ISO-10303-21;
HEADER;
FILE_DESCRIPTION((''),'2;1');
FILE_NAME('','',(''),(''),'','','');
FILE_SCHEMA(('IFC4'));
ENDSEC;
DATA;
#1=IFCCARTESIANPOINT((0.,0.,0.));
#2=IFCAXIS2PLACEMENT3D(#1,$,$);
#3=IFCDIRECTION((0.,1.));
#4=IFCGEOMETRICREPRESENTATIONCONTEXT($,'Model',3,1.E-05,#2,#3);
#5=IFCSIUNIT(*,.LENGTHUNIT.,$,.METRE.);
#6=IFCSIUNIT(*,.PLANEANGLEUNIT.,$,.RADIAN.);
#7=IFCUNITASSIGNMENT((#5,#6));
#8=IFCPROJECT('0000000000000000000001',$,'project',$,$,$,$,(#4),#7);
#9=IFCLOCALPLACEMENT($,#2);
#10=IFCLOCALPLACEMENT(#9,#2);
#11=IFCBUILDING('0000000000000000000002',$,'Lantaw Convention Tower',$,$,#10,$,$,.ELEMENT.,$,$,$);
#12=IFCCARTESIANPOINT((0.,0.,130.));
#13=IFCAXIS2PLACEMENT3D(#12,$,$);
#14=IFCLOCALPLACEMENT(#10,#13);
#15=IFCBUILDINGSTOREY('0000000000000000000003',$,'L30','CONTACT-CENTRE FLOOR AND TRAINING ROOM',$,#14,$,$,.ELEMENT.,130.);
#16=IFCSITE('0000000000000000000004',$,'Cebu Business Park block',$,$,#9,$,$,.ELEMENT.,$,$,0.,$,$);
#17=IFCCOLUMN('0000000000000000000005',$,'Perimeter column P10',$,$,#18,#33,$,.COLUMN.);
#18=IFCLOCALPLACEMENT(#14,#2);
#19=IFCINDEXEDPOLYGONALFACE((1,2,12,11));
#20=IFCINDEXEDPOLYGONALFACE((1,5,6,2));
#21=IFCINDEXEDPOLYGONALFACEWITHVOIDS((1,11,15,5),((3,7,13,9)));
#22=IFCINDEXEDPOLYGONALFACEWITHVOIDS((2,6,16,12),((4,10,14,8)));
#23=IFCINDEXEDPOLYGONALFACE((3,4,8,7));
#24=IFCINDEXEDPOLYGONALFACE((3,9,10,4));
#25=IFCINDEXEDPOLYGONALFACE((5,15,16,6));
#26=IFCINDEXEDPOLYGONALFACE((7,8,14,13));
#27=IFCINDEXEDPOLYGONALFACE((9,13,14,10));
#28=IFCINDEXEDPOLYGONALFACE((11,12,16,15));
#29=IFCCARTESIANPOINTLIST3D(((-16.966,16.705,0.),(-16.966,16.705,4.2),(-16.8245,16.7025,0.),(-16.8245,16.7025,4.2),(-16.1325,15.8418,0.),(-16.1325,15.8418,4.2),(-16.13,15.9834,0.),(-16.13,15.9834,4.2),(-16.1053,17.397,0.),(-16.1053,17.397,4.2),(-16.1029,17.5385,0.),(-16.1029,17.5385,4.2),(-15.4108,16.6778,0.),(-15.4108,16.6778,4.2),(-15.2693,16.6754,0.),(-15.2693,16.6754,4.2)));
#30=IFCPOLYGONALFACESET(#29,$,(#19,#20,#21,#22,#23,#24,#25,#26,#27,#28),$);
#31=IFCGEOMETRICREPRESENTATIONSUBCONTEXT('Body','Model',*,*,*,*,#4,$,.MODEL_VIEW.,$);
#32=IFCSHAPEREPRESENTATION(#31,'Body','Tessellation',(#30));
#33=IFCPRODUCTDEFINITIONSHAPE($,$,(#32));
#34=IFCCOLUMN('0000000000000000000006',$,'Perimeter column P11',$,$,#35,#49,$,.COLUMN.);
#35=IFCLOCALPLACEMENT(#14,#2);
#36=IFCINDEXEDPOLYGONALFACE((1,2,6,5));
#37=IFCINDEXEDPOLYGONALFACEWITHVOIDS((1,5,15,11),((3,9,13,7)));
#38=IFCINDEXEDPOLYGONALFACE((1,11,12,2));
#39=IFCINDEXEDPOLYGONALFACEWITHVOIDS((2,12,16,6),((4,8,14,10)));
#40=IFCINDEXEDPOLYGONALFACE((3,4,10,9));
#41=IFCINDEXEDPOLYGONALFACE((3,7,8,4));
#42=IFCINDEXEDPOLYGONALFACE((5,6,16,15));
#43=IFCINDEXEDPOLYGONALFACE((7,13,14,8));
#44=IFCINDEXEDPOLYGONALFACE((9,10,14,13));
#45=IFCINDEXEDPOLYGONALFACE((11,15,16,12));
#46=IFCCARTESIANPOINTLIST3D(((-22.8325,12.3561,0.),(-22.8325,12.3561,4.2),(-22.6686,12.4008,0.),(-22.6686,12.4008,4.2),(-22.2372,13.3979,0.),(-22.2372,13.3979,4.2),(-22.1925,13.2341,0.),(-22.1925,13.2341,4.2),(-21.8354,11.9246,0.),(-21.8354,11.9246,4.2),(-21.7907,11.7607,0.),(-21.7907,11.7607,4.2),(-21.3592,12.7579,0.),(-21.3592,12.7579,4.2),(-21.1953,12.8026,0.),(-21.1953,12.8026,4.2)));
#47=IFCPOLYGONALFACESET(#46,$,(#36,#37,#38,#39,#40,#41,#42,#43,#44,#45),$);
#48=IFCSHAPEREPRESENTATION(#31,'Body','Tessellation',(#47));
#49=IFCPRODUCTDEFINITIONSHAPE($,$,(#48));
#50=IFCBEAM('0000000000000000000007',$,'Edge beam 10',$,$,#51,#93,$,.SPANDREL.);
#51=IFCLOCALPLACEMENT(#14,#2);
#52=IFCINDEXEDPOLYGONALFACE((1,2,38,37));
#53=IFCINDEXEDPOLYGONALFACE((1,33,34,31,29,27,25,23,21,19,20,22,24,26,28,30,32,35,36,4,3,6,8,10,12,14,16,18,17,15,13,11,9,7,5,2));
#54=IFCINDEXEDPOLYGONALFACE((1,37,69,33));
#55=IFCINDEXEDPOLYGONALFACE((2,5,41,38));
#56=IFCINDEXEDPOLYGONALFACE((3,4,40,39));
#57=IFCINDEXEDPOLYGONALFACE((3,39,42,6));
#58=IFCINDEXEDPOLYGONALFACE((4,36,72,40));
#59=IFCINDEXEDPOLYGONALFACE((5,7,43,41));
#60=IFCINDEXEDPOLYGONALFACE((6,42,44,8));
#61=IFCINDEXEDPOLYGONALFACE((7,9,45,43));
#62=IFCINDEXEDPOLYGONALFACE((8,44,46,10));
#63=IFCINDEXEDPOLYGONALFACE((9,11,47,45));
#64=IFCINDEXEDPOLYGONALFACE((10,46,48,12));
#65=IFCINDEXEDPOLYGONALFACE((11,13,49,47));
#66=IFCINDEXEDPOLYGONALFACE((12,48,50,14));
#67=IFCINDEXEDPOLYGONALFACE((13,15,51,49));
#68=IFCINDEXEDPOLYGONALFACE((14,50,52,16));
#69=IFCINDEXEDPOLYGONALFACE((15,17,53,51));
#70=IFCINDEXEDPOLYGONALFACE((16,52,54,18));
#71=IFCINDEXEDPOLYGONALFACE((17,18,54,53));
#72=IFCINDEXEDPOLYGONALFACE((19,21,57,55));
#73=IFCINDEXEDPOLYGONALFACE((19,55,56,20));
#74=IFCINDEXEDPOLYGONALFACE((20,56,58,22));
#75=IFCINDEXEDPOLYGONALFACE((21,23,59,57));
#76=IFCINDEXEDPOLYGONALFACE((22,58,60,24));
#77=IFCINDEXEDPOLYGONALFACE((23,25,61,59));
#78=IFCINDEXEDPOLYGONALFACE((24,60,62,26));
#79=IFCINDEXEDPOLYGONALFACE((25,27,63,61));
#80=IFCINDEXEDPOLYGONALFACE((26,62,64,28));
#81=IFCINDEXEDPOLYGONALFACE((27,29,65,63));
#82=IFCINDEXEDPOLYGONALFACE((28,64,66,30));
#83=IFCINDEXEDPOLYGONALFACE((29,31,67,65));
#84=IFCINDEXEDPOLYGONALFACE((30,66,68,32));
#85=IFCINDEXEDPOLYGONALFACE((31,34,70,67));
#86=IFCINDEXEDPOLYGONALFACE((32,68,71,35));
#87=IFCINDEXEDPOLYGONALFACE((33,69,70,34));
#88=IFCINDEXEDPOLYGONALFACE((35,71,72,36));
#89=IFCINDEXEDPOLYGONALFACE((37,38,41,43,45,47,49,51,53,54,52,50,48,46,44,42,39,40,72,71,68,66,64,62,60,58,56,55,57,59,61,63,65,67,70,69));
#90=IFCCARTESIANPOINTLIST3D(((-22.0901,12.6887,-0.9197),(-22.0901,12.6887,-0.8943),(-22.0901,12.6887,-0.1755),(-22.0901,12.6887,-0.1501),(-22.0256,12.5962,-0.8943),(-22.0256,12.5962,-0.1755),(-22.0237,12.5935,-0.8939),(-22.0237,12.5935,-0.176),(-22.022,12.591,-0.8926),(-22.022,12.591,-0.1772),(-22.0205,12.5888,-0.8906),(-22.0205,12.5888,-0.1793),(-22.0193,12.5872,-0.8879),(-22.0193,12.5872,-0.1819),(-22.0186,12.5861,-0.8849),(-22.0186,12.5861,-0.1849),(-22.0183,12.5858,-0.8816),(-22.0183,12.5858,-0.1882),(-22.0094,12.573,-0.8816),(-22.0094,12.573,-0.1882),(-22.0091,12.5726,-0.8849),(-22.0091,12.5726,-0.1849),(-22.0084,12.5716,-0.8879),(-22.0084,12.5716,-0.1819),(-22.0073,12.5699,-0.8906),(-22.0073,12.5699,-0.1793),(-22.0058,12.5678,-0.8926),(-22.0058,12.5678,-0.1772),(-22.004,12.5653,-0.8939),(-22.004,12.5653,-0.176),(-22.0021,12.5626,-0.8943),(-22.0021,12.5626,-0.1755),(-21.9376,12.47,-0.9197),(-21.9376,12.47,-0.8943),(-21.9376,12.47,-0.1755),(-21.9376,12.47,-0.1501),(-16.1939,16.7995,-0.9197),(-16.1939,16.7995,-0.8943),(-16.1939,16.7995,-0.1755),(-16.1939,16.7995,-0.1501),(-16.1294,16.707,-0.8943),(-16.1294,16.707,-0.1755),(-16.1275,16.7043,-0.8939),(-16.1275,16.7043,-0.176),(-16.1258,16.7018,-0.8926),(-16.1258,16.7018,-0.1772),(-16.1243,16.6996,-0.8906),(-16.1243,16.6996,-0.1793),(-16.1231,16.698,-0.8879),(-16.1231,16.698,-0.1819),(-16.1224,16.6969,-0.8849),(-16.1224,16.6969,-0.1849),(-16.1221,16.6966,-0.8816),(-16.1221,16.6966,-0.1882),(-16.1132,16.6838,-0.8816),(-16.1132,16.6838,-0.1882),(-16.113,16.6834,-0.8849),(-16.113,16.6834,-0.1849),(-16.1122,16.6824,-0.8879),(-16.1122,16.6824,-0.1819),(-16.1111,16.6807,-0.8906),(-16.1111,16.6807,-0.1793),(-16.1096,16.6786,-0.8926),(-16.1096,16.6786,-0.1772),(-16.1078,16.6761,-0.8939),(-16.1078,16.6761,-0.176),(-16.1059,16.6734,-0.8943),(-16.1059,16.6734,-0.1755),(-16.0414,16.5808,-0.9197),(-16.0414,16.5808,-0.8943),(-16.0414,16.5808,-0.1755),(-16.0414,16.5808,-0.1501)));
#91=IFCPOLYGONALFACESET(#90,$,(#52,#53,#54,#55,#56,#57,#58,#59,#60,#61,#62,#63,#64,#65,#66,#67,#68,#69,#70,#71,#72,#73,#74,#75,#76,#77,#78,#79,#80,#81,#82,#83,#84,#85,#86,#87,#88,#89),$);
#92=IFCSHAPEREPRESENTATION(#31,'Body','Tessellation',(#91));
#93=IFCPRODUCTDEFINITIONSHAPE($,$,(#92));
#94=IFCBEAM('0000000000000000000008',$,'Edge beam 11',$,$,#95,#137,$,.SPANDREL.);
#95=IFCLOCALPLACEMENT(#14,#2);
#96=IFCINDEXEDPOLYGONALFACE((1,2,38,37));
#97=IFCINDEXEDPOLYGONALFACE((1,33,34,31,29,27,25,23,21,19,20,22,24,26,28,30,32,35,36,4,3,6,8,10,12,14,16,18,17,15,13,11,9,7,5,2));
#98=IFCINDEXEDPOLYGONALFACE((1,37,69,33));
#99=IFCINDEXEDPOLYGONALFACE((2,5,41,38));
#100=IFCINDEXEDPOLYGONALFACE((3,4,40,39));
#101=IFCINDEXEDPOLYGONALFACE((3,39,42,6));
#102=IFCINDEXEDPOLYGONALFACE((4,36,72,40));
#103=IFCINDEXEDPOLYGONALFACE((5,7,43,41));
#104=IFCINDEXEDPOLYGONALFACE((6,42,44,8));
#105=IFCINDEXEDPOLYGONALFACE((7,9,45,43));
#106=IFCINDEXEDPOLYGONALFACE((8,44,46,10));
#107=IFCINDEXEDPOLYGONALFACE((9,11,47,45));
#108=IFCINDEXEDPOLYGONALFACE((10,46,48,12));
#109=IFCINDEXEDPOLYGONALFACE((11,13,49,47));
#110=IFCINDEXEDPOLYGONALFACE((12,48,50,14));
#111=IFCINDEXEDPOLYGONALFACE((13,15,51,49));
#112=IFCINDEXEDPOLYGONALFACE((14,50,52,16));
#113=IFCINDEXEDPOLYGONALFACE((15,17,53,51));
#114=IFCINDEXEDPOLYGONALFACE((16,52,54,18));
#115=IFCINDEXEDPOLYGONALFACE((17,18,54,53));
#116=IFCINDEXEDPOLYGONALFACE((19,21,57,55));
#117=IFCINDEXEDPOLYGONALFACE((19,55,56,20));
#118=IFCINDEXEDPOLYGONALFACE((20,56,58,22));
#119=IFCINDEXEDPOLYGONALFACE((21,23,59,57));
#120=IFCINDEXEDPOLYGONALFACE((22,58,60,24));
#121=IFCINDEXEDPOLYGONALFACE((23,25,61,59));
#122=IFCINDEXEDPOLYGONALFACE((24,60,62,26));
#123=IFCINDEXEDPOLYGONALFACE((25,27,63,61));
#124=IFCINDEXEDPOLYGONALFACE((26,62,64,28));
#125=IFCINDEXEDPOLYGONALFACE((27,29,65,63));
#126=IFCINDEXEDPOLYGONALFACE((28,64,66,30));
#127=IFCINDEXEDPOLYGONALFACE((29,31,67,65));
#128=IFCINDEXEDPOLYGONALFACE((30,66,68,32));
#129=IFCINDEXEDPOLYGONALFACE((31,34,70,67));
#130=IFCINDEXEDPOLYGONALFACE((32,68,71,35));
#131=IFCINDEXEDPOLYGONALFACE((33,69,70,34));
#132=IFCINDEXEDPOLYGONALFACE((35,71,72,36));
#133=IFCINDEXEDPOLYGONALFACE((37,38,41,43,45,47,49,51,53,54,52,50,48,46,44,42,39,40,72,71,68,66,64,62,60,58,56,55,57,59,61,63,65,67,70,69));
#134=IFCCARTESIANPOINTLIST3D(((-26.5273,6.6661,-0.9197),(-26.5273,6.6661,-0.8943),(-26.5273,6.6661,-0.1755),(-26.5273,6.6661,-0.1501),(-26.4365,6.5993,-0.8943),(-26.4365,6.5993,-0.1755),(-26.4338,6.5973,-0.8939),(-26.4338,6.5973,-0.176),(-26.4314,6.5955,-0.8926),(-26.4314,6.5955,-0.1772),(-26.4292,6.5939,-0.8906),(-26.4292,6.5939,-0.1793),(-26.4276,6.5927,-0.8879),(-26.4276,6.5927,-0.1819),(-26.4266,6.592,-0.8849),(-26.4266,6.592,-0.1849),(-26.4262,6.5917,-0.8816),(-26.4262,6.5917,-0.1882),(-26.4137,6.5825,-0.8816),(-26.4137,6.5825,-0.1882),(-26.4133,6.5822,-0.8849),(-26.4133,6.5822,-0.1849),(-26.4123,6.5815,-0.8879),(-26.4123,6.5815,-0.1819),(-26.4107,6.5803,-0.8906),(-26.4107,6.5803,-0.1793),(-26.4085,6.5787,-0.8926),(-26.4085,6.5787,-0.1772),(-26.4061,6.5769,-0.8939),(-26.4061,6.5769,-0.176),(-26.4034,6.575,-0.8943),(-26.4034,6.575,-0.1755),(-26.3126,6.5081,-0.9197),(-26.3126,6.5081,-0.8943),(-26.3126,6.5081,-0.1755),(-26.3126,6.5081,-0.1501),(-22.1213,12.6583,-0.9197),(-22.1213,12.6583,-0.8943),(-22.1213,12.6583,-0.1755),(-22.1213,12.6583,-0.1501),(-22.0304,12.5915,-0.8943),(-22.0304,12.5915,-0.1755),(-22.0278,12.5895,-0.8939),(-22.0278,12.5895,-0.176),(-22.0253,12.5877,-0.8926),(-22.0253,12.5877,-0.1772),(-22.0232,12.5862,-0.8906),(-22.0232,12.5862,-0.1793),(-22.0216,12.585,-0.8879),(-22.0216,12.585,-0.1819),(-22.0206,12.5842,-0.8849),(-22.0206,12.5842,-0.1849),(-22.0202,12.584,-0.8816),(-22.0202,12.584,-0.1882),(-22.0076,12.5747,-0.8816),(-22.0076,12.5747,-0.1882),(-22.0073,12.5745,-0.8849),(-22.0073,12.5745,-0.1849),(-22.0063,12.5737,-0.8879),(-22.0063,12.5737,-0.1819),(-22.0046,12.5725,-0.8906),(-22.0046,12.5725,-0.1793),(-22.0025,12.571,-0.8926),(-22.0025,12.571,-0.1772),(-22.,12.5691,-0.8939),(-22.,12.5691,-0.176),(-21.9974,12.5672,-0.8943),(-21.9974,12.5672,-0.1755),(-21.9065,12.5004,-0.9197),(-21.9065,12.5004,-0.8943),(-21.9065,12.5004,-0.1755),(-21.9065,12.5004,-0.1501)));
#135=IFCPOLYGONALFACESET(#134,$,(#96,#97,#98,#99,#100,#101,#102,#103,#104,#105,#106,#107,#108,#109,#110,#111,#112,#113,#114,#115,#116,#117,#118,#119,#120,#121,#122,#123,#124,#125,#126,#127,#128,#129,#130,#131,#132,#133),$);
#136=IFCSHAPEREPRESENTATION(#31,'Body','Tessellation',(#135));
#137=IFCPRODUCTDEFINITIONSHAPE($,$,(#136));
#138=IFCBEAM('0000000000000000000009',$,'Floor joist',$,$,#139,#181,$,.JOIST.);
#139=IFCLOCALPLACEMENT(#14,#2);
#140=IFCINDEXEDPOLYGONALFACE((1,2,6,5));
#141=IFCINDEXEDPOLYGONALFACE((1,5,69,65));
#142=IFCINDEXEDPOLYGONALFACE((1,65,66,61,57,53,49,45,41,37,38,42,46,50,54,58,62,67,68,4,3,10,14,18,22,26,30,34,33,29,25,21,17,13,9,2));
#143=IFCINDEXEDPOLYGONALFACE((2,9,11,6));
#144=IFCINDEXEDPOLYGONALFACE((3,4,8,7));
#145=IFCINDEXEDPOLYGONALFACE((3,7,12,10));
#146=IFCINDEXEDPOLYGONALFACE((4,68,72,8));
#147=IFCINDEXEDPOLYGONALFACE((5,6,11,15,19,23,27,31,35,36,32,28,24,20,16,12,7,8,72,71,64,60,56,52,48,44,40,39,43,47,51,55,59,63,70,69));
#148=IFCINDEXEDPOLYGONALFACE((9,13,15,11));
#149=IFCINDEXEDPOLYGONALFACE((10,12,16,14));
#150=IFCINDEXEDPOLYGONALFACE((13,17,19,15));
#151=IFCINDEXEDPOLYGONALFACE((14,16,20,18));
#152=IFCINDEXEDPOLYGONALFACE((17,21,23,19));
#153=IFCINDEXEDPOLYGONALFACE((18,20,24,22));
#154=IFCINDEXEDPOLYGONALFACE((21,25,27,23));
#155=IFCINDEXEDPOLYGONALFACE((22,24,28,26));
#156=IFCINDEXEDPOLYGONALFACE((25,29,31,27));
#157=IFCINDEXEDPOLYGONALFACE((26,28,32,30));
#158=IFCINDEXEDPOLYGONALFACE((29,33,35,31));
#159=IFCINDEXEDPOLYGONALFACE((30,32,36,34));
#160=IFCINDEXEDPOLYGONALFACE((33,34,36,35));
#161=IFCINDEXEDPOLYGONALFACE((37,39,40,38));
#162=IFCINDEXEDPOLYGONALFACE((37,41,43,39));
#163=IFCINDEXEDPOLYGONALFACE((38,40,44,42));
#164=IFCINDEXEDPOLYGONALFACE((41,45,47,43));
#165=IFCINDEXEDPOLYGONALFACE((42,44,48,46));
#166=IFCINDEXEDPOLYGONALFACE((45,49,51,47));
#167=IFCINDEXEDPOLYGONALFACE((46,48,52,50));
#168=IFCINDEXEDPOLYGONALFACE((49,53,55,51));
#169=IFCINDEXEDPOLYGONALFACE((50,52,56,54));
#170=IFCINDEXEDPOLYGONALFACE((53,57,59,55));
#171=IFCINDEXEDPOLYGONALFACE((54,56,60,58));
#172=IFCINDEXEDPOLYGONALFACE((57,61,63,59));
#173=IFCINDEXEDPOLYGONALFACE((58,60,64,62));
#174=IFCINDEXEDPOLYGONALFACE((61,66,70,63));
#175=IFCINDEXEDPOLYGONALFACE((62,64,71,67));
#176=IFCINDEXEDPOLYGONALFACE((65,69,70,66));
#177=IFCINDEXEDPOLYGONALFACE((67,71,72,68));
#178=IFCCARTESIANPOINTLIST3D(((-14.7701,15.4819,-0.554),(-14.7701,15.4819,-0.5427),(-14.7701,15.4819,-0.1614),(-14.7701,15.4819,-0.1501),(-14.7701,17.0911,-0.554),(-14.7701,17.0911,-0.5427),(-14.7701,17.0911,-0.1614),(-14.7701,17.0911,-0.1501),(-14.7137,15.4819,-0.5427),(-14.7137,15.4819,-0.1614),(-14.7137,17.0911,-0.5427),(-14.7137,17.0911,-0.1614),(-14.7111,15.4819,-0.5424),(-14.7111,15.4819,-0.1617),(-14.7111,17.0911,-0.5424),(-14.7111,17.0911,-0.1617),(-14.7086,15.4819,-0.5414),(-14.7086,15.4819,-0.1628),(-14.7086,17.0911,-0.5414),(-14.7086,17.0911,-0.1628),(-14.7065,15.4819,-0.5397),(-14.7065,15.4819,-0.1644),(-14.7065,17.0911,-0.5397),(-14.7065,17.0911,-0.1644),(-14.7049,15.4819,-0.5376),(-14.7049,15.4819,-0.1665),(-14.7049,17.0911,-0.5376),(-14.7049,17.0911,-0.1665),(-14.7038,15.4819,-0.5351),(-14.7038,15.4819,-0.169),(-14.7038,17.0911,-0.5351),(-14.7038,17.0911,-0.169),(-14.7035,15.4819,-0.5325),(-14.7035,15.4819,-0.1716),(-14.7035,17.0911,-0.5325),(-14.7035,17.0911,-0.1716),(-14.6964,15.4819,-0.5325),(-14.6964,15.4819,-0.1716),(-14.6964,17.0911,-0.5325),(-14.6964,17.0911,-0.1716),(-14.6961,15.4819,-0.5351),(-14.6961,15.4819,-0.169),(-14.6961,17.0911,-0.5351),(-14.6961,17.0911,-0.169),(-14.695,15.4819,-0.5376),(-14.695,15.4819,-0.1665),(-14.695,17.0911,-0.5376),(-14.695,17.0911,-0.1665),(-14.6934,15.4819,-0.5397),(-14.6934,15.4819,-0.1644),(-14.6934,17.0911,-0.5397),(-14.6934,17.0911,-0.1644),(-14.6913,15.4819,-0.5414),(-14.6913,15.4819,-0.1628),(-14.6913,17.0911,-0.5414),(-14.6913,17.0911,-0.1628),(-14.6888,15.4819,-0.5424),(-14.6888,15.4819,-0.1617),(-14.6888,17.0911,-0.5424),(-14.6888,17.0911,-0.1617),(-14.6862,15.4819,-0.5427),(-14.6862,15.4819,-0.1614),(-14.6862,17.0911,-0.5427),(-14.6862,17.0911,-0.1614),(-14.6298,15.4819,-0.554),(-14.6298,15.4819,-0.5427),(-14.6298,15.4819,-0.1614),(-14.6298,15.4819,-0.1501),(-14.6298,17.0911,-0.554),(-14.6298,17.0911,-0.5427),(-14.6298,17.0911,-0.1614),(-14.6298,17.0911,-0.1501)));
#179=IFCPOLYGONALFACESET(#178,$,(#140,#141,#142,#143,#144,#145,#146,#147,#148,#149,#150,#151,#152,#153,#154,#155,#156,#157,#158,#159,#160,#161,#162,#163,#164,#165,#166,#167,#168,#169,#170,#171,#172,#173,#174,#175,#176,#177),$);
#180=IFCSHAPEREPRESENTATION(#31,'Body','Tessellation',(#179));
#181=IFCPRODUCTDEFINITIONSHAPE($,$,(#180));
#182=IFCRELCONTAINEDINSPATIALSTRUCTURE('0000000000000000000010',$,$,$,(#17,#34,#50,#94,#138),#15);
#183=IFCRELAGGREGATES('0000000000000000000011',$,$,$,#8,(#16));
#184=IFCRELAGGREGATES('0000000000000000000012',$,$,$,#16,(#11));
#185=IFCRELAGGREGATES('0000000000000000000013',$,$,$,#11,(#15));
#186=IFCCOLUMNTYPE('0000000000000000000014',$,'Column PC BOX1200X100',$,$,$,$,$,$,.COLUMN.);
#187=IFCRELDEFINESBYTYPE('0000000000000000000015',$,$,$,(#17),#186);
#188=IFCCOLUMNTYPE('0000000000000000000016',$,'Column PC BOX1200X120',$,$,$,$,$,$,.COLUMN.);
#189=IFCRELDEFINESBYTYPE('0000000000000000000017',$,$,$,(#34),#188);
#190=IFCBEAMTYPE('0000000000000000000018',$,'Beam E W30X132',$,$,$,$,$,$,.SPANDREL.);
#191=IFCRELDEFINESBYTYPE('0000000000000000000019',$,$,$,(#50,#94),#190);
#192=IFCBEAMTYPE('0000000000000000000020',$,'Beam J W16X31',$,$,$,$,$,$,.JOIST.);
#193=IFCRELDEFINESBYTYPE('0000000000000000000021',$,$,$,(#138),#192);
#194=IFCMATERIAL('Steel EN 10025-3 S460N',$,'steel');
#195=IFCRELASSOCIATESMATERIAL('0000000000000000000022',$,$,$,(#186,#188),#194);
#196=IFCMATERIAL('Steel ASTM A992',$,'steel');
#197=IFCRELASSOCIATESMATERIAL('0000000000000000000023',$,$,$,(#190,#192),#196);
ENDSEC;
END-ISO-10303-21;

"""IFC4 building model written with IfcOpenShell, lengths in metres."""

from ifc_helpers import new_model, si_unit, direction, frame, origin, origin_2d, place, context, subcontext, project, spatial, rectangle, hollow_rectangle, i_section, extrude, material, material_profile, profile_set, type_object, element, save


model = new_model("IFC4")

# Units and contexts
model_context = context("Model", 3, precision=1e-05, world=origin(), true_north=direction((0.0, 1.0)))
body_context = subcontext(model_context, "Body", "Model", "MODEL_VIEW")
ifc_project = project(units=[si_unit("LENGTHUNIT", "METRE"), si_unit("PLANEANGLEUNIT", "RADIAN")], contexts=[model_context])

# Site, building, storey
site_placement = place(None, origin())
site = spatial("IfcSite", under=ifc_project, at=site_placement, Name="Cebu Business Park block", CompositionType="ELEMENT", RefElevation=0.0)
building_placement = place(site_placement, origin())
building = spatial("IfcBuilding", under=site, at=building_placement, Name="Lantaw Convention Tower", CompositionType="ELEMENT")
storey_placement = place(building_placement, frame((0.0, 0.0, 130.0)))
storey = spatial("IfcBuildingStorey", under=building, at=storey_placement, Name="L30", Description="CONTACT-CENTRE FLOOR AND TRAINING ROOM", CompositionType="ELEMENT", Elevation=130.0)

# Columns
ifc_material_1 = material(Name="Steel EN 10025-3 S460N", Category="steel")
ifc_material_profile_1 = material_profile(ifc_material_1, hollow_rectangle(XDim=1.2, YDim=1.2, WallThickness=0.1001, at=origin_2d()), Name="BOX1200X100")
ifc_material_2 = material(Name="Concrete C60/75", Category="concrete")
ifc_material_profile_2 = material_profile(ifc_material_2, rectangle(XDim=1.0, YDim=1.0, at=origin_2d()), Name="Concrete fill of BOX1200X100")
ifc_profile_set_1 = profile_set([ifc_material_profile_1, ifc_material_profile_2], Name="Steel EN 10025-3 S460N")
column_type_1 = type_object("IfcColumnType", Name="Column PC BOX1200X100", PredefinedType="COLUMN", material=ifc_profile_set_1)
column_1_placement = place(storey_placement, frame((-16.1177, 16.6902, 0.0), z_axis=(0.0, 0.0, 1.0), x_axis=(0.71934, 0.694658, 0.0)))
element("IfcColumn", 1, at=column_1_placement, inside=storey, type_object=column_type_1, Name="Perimeter column P10", PredefinedType="COLUMN", context=body_context, shape_type="SweptSolid", body=[
    extrude(hollow_rectangle(XDim=1.2, YDim=1.2, WallThickness=0.1001, at=origin_2d()), origin(), (0.0, 0.0, 1.0), 4.2),
])
ifc_material_profile_3 = material_profile(ifc_material_1, hollow_rectangle(XDim=1.2, YDim=1.2, WallThickness=0.1201, at=origin_2d()), Name="BOX1200X120")
ifc_material_profile_4 = material_profile(ifc_material_2, rectangle(XDim=0.96, YDim=0.96, at=origin_2d()), Name="Concrete fill of BOX1200X120")
ifc_profile_set_2 = profile_set([ifc_material_profile_3, ifc_material_profile_4], Name="Steel EN 10025-3 S460N")
column_type_2 = type_object("IfcColumnType", Name="Column PC BOX1200X120", PredefinedType="COLUMN", material=ifc_profile_set_2)
column_2_placement = place(storey_placement, frame((-22.0139, 12.5793, 0.0), z_axis=(0.0, 0.0, 1.0), x_axis=(0.496139, 0.868243, 0.0)))
element("IfcColumn", 2, at=column_2_placement, inside=storey, type_object=column_type_2, Name="Perimeter column P11", PredefinedType="COLUMN", context=body_context, shape_type="SweptSolid", body=[
    extrude(hollow_rectangle(XDim=1.2, YDim=1.2, WallThickness=0.1201, at=origin_2d()), origin(), (0.0, 0.0, 1.0), 4.2),
])

# Beams
ifc_material_3 = material(Name="Steel ASTM A992", Category="steel")
ifc_material_profile_5 = material_profile(ifc_material_3, i_section(OverallWidth=0.2666, OverallDepth=0.7695, WebThickness=0.0156, FlangeThickness=0.0254, FilletRadius=0.0127, at=origin_2d()), Name="W30X132")
ifc_profile_set_3 = profile_set([ifc_material_profile_5], Name="Steel ASTM A992")
beam_type_1 = type_object("IfcBeamType", Name="Beam E W30X132", PredefinedType="SPANDREL", material=ifc_profile_set_3)
beam_1_placement = place(storey_placement, frame((-16.1177, 16.6902, -0.5349), z_axis=(-0.820311, -0.571918, 0.0), x_axis=(0.571918, -0.820311, 0.0)))
element("IfcBeam", 3, at=beam_1_placement, inside=storey, type_object=beam_type_1, Name="Edge beam 10", PredefinedType="SPANDREL", context=body_context, shape_type="SweptSolid", body=[
    extrude(i_section(OverallWidth=0.2666, OverallDepth=0.7695, WebThickness=0.0156, FlangeThickness=0.0254, FilletRadius=0.0127, at=origin_2d()), origin(), (0.0, 0.0, 1.0), 7.1877),
])
beam_2_placement = place(storey_placement, frame((-22.0139, 12.5793, -0.5349), z_axis=(-0.592389, -0.805652, 0.0), x_axis=(0.805652, -0.592389, 0.0)))
element("IfcBeam", 4, at=beam_2_placement, inside=storey, type_object=beam_type_1, Name="Edge beam 11", PredefinedType="SPANDREL", context=body_context, shape_type="SweptSolid", body=[
    extrude(i_section(OverallWidth=0.2666, OverallDepth=0.7695, WebThickness=0.0156, FlangeThickness=0.0254, FilletRadius=0.0127, at=origin_2d()), origin(), (0.0, 0.0, 1.0), 7.4377),
])
ifc_material_profile_6 = material_profile(ifc_material_3, i_section(OverallWidth=0.1404, OverallDepth=0.4038, WebThickness=0.0071, FlangeThickness=0.0112, FilletRadius=0.0103, at=origin_2d()), Name="W16X31")
ifc_profile_set_4 = profile_set([ifc_material_profile_6], Name="Steel ASTM A992")
beam_type_2 = type_object("IfcBeamType", Name="Beam J W16X31", PredefinedType="JOIST", material=ifc_profile_set_4)
beam_3_placement = place(storey_placement, frame((-14.7, 15.4819, -0.3521), z_axis=(0.0, 1.0, 0.0), x_axis=(-1.0, 0.0, 0.0)))
element("IfcBeam", 5, at=beam_3_placement, inside=storey, type_object=beam_type_2, Name="Floor joist", PredefinedType="JOIST", context=body_context, shape_type="SweptSolid", body=[
    extrude(i_section(OverallWidth=0.1404, OverallDepth=0.4038, WebThickness=0.0071, FlangeThickness=0.0112, FilletRadius=0.0103, at=origin_2d()), origin(), (0.0, 0.0, 1.0), 1.6091),
])

save(model, "model.ifc")
